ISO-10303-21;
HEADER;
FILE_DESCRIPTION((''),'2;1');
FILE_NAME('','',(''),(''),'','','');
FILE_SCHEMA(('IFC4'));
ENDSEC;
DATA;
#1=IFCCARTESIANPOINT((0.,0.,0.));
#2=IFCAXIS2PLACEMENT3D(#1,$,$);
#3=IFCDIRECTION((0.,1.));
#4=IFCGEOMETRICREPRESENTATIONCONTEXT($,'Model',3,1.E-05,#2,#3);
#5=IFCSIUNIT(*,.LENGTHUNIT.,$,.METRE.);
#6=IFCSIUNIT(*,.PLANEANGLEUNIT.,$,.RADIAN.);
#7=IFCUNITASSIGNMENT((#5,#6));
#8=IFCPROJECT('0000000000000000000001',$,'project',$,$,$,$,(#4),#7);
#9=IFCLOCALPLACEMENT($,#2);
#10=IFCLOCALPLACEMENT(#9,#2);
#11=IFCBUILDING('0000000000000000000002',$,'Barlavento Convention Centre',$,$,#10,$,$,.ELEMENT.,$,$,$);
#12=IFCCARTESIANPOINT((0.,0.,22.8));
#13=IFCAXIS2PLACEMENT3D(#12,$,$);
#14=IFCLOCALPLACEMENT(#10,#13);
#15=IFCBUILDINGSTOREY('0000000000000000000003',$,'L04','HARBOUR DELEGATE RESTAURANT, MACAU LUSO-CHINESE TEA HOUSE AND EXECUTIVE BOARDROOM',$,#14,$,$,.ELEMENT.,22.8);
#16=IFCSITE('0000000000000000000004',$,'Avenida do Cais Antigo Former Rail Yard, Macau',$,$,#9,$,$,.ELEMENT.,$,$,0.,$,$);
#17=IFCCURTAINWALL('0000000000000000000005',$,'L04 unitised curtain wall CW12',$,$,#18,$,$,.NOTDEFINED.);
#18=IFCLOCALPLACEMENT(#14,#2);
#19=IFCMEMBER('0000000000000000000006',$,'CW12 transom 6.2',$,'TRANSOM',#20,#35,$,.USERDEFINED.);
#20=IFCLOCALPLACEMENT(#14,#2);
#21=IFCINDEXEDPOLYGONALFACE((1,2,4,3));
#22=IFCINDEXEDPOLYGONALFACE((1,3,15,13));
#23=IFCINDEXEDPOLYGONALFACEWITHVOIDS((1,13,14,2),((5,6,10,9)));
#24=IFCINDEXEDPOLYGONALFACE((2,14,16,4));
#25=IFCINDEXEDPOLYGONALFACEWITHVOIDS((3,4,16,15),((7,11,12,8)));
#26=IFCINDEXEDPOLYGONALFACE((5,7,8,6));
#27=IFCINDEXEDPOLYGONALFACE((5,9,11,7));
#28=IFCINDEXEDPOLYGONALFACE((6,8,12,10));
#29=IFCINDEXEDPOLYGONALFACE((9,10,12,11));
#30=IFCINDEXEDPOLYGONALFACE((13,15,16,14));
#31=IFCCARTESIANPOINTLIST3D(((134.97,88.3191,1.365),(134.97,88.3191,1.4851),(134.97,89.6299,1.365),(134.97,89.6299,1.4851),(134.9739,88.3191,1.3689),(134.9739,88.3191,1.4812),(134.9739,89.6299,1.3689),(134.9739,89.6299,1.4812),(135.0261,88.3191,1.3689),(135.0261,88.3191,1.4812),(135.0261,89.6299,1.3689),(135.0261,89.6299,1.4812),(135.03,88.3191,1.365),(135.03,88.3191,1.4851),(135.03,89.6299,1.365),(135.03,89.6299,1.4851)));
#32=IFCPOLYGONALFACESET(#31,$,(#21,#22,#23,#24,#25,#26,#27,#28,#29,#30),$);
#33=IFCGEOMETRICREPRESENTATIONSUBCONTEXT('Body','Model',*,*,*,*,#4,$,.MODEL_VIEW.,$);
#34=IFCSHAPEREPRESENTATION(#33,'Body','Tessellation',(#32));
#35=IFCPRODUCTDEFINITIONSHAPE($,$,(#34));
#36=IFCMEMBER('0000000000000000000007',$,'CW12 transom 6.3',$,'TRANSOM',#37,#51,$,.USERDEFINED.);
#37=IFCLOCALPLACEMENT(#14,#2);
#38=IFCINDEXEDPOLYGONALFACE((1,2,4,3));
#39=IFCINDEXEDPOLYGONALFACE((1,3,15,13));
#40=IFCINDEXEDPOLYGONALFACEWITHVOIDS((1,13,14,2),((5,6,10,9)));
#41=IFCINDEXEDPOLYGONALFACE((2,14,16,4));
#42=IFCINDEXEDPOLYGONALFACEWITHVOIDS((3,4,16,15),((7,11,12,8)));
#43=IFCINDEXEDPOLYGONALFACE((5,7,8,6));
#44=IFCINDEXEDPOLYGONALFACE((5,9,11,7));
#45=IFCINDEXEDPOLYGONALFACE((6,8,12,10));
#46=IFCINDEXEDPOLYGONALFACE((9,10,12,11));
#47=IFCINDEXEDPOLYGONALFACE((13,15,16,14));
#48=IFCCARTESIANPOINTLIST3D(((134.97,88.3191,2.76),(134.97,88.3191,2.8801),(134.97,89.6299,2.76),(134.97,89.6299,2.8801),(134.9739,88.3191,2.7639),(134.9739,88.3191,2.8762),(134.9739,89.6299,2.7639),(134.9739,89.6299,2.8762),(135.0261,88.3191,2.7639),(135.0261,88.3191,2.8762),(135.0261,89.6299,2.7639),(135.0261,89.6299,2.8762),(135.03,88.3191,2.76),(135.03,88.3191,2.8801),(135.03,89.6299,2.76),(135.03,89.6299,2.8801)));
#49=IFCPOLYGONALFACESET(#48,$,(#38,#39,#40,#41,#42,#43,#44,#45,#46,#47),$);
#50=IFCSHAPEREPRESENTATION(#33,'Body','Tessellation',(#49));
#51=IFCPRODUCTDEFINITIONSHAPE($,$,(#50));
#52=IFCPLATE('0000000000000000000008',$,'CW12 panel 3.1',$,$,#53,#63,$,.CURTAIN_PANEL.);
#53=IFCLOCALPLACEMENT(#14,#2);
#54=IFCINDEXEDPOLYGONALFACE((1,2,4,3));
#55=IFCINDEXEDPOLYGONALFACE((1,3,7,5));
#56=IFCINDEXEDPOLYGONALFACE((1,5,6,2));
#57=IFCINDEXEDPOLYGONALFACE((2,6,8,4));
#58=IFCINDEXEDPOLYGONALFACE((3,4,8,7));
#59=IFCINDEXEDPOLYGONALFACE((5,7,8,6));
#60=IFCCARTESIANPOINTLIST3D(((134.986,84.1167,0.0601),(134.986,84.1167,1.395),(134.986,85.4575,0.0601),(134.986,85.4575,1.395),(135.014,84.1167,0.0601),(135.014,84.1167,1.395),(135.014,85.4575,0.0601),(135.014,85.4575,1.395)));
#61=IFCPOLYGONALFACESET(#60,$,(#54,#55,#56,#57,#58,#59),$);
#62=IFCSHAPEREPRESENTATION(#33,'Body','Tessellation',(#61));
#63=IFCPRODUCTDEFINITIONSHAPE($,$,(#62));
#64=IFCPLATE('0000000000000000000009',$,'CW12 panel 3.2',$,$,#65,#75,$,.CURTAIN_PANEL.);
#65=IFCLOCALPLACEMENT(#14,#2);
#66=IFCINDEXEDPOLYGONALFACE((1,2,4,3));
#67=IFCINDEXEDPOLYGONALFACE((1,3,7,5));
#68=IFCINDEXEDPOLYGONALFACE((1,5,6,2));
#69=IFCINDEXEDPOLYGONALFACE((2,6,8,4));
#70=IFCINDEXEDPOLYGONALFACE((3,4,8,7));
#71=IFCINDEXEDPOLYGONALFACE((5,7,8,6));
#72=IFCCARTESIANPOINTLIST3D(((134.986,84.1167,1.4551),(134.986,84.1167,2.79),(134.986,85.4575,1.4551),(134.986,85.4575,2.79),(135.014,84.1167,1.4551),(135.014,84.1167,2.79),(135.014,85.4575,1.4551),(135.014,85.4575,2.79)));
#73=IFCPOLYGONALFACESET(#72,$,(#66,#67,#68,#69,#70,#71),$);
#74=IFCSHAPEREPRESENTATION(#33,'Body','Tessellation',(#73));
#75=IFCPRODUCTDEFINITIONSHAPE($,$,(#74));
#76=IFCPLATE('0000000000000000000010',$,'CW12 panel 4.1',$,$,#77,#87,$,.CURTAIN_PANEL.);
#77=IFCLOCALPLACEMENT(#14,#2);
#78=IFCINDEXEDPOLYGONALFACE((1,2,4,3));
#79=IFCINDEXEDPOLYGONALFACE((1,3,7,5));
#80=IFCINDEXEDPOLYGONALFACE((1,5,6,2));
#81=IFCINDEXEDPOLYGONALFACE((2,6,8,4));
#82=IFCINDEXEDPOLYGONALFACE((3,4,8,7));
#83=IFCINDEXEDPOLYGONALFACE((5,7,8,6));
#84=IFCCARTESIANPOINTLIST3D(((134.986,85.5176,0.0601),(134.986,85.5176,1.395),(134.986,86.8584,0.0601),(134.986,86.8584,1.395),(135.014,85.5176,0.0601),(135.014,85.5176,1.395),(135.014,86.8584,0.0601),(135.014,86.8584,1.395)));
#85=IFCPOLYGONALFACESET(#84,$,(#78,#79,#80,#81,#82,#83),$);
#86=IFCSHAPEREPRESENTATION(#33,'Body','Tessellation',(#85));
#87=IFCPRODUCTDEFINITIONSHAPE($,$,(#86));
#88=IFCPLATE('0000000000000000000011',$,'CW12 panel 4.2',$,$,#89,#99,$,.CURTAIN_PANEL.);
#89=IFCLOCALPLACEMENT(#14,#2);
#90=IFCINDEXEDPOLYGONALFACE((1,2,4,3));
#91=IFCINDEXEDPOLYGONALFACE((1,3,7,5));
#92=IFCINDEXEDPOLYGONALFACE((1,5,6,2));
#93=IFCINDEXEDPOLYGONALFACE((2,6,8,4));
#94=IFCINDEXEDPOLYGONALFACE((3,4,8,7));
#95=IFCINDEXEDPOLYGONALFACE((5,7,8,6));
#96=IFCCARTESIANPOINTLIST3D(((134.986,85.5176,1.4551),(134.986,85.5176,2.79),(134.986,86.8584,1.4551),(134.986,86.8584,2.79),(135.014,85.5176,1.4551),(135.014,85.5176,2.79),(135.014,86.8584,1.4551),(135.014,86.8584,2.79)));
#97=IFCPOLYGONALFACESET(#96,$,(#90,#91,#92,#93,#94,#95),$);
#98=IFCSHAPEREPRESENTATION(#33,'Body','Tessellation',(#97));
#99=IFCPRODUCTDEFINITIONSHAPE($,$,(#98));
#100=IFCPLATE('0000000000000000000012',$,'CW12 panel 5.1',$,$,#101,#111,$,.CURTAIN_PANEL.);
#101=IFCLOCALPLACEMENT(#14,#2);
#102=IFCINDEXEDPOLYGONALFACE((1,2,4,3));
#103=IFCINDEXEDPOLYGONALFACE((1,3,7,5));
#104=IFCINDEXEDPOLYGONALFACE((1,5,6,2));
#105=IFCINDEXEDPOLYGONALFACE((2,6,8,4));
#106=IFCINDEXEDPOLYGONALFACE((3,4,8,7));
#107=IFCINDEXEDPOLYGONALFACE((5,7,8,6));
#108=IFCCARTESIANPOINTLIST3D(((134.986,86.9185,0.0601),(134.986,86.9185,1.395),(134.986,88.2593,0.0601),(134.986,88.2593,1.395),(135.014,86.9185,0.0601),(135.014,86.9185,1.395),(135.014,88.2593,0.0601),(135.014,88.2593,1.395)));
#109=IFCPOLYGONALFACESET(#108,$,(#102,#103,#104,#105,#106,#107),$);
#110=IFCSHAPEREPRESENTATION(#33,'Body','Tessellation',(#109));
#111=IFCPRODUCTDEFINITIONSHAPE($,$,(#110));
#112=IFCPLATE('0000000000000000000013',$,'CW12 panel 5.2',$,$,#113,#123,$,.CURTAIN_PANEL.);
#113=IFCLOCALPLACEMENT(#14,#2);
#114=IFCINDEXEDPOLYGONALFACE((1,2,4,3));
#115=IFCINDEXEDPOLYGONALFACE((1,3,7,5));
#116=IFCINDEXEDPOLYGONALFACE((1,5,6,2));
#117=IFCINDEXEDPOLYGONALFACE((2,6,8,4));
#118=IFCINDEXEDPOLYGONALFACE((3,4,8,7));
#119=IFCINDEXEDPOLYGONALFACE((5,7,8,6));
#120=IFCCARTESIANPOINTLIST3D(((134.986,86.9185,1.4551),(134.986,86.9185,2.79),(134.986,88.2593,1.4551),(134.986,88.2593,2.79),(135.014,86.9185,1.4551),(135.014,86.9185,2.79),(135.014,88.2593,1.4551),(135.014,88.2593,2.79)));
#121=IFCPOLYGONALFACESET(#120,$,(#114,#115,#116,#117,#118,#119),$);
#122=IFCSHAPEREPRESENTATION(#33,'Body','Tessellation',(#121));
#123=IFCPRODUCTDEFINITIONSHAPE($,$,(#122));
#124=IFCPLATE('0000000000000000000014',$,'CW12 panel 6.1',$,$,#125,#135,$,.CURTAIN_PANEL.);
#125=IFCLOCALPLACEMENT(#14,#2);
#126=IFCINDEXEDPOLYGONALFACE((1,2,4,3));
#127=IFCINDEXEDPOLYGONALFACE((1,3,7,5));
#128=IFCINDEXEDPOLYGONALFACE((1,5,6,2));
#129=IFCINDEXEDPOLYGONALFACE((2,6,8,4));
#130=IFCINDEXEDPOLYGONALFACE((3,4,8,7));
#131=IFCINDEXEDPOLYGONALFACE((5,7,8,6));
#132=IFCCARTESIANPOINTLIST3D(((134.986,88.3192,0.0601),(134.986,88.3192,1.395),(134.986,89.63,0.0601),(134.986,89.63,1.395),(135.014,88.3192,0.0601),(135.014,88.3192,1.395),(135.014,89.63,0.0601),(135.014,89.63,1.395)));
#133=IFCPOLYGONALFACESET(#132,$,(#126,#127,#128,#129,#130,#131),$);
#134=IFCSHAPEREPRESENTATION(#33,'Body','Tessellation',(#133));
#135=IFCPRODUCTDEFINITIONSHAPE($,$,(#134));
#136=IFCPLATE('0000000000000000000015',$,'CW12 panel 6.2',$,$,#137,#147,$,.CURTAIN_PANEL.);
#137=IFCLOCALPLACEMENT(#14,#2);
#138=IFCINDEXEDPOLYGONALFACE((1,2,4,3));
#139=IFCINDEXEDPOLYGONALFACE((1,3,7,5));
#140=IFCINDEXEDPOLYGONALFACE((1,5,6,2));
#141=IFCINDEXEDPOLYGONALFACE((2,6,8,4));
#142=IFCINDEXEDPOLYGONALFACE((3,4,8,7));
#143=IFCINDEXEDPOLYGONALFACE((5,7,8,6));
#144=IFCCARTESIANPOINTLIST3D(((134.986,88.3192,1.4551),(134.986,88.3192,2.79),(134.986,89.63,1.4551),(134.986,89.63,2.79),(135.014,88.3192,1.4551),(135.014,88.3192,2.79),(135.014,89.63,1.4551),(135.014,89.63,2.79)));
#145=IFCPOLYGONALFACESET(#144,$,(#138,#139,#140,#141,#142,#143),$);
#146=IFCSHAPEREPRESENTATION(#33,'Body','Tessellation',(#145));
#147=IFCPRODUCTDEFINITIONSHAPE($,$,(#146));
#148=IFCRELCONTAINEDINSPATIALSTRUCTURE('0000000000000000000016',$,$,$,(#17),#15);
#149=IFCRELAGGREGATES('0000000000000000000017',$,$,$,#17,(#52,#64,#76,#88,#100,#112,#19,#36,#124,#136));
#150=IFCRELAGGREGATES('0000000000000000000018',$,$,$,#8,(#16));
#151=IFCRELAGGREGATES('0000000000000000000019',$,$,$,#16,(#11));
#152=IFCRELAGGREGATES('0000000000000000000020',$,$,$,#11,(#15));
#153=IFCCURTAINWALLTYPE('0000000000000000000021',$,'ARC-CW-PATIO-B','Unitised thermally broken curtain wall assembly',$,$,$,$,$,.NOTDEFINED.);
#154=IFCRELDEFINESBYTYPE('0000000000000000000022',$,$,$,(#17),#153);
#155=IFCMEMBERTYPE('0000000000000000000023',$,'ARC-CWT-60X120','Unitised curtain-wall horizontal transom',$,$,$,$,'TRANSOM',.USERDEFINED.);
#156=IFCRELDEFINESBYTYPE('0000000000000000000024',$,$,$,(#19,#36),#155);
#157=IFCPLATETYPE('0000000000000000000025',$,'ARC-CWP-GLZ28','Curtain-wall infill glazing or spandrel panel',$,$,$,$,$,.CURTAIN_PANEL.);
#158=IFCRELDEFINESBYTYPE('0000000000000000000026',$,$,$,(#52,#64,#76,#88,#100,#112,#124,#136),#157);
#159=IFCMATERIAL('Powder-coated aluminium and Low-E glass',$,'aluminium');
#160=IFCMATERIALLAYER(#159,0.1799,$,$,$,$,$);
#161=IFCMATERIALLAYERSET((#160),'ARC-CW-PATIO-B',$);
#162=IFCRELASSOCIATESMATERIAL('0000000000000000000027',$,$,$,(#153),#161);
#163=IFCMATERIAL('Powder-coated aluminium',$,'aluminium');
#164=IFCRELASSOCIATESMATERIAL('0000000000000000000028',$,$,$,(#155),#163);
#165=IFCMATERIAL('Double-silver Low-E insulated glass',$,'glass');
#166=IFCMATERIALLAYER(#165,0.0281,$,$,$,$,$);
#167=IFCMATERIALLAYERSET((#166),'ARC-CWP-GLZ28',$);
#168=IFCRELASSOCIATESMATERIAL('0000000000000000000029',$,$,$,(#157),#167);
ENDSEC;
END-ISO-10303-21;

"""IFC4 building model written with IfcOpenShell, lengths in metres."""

from ifc_helpers import new_model, si_unit, direction, frame, origin, origin_2d, place, context, subcontext, project, spatial, rectangle, hollow_rectangle, extrude, material, layer, layer_set, material_profile, profile_set, type_object, element, aggregate, save


model = new_model("IFC4")

# Units and contexts
model_context = context("Model", 3, precision=1e-05, world=origin(), true_north=direction((0.0, 1.0)))
body_context = subcontext(model_context, "Body", "Model", "MODEL_VIEW")
ifc_project = project(units=[si_unit("LENGTHUNIT", "METRE"), si_unit("PLANEANGLEUNIT", "RADIAN")], contexts=[model_context])

# Site, building, storey
site_placement = place(None, origin())
site = spatial("IfcSite", under=ifc_project, at=site_placement, Name="Avenida do Cais Antigo Former Rail Yard, Macau", CompositionType="ELEMENT", RefElevation=0.0)
building_placement = place(site_placement, origin())
building = spatial("IfcBuilding", under=site, at=building_placement, Name="Barlavento Convention Centre", CompositionType="ELEMENT")
storey_placement = place(building_placement, frame((0.0, 0.0, 22.8)))
storey = spatial("IfcBuildingStorey", under=building, at=storey_placement, Name="L04", Description="HARBOUR DELEGATE RESTAURANT, MACAU LUSO-CHINESE TEA HOUSE AND EXECUTIVE BOARDROOM", CompositionType="ELEMENT", Elevation=22.8)

# Curtain wall, members, plates
ifc_material_1 = material(Name="Powder-coated aluminium and Low-E glass", Category="aluminium")
ifc_layer_1 = layer(ifc_material_1, 0.1799)
ifc_layer_set_1 = layer_set([ifc_layer_1], Name="ARC-CW-PATIO-B")
curtain_wall_type = type_object("IfcCurtainWallType", Name="ARC-CW-PATIO-B", Description="Unitised thermally broken curtain wall assembly", PredefinedType="NOTDEFINED", material=ifc_layer_set_1)
curtain_wall_placement = place(storey_placement, origin())
curtain_wall = element("IfcCurtainWall", 1, at=curtain_wall_placement, inside=storey, type_object=curtain_wall_type, Name="L04 unitised curtain wall CW12", PredefinedType="NOTDEFINED")
ifc_material_2 = material(Name="Powder-coated aluminium", Category="aluminium")
ifc_material_profile_1 = material_profile(ifc_material_2, hollow_rectangle(XDim=0.0601, YDim=0.1201, WallThickness=0.0039, at=origin_2d()), Name="AL-TRAN 60x120x4")
ifc_profile_set_1 = profile_set([ifc_material_profile_1], Name="Powder-coated aluminium")
member_type_1 = type_object("IfcMemberType", Name="ARC-CWT-60X120", Description="Unitised curtain-wall horizontal transom", ElementType="TRANSOM", PredefinedType="USERDEFINED", material=ifc_profile_set_1)
member_1_placement = place(storey_placement, frame((135.0, 88.3191, 1.425), z_axis=(0.0, 1.0, 0.0), x_axis=(-1.0, 0.0, 0.0)))
member_1 = element("IfcMember", 2, at=member_1_placement, type_object=member_type_1, Name="CW12 transom 6.2", ObjectType="TRANSOM", PredefinedType="USERDEFINED", context=body_context, shape_type="SweptSolid", body=[
    extrude(hollow_rectangle(XDim=0.0601, YDim=0.1201, WallThickness=0.0039, at=origin_2d()), origin(), (0.0, 0.0, 1.0), 1.3108),
])
member_2_placement = place(storey_placement, frame((135.0, 88.3191, 2.8201), z_axis=(0.0, 1.0, 0.0), x_axis=(-1.0, 0.0, 0.0)))
member_2 = element("IfcMember", 3, at=member_2_placement, type_object=member_type_1, Name="CW12 transom 6.3", ObjectType="TRANSOM", PredefinedType="USERDEFINED", context=body_context, shape_type="SweptSolid", body=[
    extrude(hollow_rectangle(XDim=0.0601, YDim=0.1201, WallThickness=0.0039, at=origin_2d()), origin(), (0.0, 0.0, 1.0), 1.3108),
])
ifc_material_3 = material(Name="Double-silver Low-E insulated glass", Category="glass")
ifc_layer_2 = layer(ifc_material_3, 0.0281)
ifc_layer_set_2 = layer_set([ifc_layer_2], Name="ARC-CWP-GLZ28")
plate_type = type_object("IfcPlateType", Name="ARC-CWP-GLZ28", Description="Curtain-wall infill glazing or spandrel panel", PredefinedType="CURTAIN_PANEL", material=ifc_layer_set_2)
plate_1_placement = place(storey_placement, frame((135.0, 84.7871, 0.0601), z_axis=(0.0, 0.0, 1.0), x_axis=(0.0, 1.0, 0.0)))
plate_1 = element("IfcPlate", 4, at=plate_1_placement, type_object=plate_type, Name="CW12 panel 3.1", PredefinedType="CURTAIN_PANEL", context=body_context, shape_type="SweptSolid", body=[
    extrude(rectangle(XDim=1.3408, YDim=0.0281, at=origin_2d()), origin(), (0.0, 0.0, 1.0), 1.335),
])
plate_2_placement = place(storey_placement, frame((135.0, 84.7871, 1.4551), z_axis=(0.0, 0.0, 1.0), x_axis=(0.0, 1.0, 0.0)))
plate_2 = element("IfcPlate", 5, at=plate_2_placement, type_object=plate_type, Name="CW12 panel 3.2", PredefinedType="CURTAIN_PANEL", context=body_context, shape_type="SweptSolid", body=[
    extrude(rectangle(XDim=1.3408, YDim=0.0281, at=origin_2d()), origin(), (0.0, 0.0, 1.0), 1.335),
])
plate_3_placement = place(storey_placement, frame((135.0, 86.188, 0.0601), z_axis=(0.0, 0.0, 1.0), x_axis=(0.0, 1.0, 0.0)))
plate_3 = element("IfcPlate", 6, at=plate_3_placement, type_object=plate_type, Name="CW12 panel 4.1", PredefinedType="CURTAIN_PANEL", context=body_context, shape_type="SweptSolid", body=[
    extrude(rectangle(XDim=1.3408, YDim=0.0281, at=origin_2d()), origin(), (0.0, 0.0, 1.0), 1.335),
])
plate_4_placement = place(storey_placement, frame((135.0, 86.188, 1.4551), z_axis=(0.0, 0.0, 1.0), x_axis=(0.0, 1.0, 0.0)))
plate_4 = element("IfcPlate", 7, at=plate_4_placement, type_object=plate_type, Name="CW12 panel 4.2", PredefinedType="CURTAIN_PANEL", context=body_context, shape_type="SweptSolid", body=[
    extrude(rectangle(XDim=1.3408, YDim=0.0281, at=origin_2d()), origin(), (0.0, 0.0, 1.0), 1.335),
])
plate_5_placement = place(storey_placement, frame((135.0, 87.5889, 0.0601), z_axis=(0.0, 0.0, 1.0), x_axis=(0.0, 1.0, 0.0)))
plate_5 = element("IfcPlate", 8, at=plate_5_placement, type_object=plate_type, Name="CW12 panel 5.1", PredefinedType="CURTAIN_PANEL", context=body_context, shape_type="SweptSolid", body=[
    extrude(rectangle(XDim=1.3408, YDim=0.0281, at=origin_2d()), origin(), (0.0, 0.0, 1.0), 1.335),
])
plate_6_placement = place(storey_placement, frame((135.0, 87.5889, 1.4551), z_axis=(0.0, 0.0, 1.0), x_axis=(0.0, 1.0, 0.0)))
plate_6 = element("IfcPlate", 9, at=plate_6_placement, type_object=plate_type, Name="CW12 panel 5.2", PredefinedType="CURTAIN_PANEL", context=body_context, shape_type="SweptSolid", body=[
    extrude(rectangle(XDim=1.3408, YDim=0.0281, at=origin_2d()), origin(), (0.0, 0.0, 1.0), 1.335),
])
plate_7_placement = place(storey_placement, frame((135.0, 88.9746, 0.0601), z_axis=(0.0, 0.0, 1.0), x_axis=(0.0, 1.0, 0.0)))
plate_7 = element("IfcPlate", 10, at=plate_7_placement, type_object=plate_type, Name="CW12 panel 6.1", PredefinedType="CURTAIN_PANEL", context=body_context, shape_type="SweptSolid", body=[
    extrude(rectangle(XDim=1.3108, YDim=0.0281, at=origin_2d()), origin(), (0.0, 0.0, 1.0), 1.335),
])
plate_8_placement = place(storey_placement, frame((135.0, 88.9746, 1.4551), z_axis=(0.0, 0.0, 1.0), x_axis=(0.0, 1.0, 0.0)))
plate_8 = element("IfcPlate", 11, at=plate_8_placement, type_object=plate_type, Name="CW12 panel 6.2", PredefinedType="CURTAIN_PANEL", context=body_context, shape_type="SweptSolid", body=[
    extrude(rectangle(XDim=1.3108, YDim=0.0281, at=origin_2d()), origin(), (0.0, 0.0, 1.0), 1.335),
])
aggregate(curtain_wall, [plate_1, plate_2, plate_3, plate_4, plate_5, plate_6, member_1, member_2, plate_7, plate_8])

save(model, "model.ifc")
